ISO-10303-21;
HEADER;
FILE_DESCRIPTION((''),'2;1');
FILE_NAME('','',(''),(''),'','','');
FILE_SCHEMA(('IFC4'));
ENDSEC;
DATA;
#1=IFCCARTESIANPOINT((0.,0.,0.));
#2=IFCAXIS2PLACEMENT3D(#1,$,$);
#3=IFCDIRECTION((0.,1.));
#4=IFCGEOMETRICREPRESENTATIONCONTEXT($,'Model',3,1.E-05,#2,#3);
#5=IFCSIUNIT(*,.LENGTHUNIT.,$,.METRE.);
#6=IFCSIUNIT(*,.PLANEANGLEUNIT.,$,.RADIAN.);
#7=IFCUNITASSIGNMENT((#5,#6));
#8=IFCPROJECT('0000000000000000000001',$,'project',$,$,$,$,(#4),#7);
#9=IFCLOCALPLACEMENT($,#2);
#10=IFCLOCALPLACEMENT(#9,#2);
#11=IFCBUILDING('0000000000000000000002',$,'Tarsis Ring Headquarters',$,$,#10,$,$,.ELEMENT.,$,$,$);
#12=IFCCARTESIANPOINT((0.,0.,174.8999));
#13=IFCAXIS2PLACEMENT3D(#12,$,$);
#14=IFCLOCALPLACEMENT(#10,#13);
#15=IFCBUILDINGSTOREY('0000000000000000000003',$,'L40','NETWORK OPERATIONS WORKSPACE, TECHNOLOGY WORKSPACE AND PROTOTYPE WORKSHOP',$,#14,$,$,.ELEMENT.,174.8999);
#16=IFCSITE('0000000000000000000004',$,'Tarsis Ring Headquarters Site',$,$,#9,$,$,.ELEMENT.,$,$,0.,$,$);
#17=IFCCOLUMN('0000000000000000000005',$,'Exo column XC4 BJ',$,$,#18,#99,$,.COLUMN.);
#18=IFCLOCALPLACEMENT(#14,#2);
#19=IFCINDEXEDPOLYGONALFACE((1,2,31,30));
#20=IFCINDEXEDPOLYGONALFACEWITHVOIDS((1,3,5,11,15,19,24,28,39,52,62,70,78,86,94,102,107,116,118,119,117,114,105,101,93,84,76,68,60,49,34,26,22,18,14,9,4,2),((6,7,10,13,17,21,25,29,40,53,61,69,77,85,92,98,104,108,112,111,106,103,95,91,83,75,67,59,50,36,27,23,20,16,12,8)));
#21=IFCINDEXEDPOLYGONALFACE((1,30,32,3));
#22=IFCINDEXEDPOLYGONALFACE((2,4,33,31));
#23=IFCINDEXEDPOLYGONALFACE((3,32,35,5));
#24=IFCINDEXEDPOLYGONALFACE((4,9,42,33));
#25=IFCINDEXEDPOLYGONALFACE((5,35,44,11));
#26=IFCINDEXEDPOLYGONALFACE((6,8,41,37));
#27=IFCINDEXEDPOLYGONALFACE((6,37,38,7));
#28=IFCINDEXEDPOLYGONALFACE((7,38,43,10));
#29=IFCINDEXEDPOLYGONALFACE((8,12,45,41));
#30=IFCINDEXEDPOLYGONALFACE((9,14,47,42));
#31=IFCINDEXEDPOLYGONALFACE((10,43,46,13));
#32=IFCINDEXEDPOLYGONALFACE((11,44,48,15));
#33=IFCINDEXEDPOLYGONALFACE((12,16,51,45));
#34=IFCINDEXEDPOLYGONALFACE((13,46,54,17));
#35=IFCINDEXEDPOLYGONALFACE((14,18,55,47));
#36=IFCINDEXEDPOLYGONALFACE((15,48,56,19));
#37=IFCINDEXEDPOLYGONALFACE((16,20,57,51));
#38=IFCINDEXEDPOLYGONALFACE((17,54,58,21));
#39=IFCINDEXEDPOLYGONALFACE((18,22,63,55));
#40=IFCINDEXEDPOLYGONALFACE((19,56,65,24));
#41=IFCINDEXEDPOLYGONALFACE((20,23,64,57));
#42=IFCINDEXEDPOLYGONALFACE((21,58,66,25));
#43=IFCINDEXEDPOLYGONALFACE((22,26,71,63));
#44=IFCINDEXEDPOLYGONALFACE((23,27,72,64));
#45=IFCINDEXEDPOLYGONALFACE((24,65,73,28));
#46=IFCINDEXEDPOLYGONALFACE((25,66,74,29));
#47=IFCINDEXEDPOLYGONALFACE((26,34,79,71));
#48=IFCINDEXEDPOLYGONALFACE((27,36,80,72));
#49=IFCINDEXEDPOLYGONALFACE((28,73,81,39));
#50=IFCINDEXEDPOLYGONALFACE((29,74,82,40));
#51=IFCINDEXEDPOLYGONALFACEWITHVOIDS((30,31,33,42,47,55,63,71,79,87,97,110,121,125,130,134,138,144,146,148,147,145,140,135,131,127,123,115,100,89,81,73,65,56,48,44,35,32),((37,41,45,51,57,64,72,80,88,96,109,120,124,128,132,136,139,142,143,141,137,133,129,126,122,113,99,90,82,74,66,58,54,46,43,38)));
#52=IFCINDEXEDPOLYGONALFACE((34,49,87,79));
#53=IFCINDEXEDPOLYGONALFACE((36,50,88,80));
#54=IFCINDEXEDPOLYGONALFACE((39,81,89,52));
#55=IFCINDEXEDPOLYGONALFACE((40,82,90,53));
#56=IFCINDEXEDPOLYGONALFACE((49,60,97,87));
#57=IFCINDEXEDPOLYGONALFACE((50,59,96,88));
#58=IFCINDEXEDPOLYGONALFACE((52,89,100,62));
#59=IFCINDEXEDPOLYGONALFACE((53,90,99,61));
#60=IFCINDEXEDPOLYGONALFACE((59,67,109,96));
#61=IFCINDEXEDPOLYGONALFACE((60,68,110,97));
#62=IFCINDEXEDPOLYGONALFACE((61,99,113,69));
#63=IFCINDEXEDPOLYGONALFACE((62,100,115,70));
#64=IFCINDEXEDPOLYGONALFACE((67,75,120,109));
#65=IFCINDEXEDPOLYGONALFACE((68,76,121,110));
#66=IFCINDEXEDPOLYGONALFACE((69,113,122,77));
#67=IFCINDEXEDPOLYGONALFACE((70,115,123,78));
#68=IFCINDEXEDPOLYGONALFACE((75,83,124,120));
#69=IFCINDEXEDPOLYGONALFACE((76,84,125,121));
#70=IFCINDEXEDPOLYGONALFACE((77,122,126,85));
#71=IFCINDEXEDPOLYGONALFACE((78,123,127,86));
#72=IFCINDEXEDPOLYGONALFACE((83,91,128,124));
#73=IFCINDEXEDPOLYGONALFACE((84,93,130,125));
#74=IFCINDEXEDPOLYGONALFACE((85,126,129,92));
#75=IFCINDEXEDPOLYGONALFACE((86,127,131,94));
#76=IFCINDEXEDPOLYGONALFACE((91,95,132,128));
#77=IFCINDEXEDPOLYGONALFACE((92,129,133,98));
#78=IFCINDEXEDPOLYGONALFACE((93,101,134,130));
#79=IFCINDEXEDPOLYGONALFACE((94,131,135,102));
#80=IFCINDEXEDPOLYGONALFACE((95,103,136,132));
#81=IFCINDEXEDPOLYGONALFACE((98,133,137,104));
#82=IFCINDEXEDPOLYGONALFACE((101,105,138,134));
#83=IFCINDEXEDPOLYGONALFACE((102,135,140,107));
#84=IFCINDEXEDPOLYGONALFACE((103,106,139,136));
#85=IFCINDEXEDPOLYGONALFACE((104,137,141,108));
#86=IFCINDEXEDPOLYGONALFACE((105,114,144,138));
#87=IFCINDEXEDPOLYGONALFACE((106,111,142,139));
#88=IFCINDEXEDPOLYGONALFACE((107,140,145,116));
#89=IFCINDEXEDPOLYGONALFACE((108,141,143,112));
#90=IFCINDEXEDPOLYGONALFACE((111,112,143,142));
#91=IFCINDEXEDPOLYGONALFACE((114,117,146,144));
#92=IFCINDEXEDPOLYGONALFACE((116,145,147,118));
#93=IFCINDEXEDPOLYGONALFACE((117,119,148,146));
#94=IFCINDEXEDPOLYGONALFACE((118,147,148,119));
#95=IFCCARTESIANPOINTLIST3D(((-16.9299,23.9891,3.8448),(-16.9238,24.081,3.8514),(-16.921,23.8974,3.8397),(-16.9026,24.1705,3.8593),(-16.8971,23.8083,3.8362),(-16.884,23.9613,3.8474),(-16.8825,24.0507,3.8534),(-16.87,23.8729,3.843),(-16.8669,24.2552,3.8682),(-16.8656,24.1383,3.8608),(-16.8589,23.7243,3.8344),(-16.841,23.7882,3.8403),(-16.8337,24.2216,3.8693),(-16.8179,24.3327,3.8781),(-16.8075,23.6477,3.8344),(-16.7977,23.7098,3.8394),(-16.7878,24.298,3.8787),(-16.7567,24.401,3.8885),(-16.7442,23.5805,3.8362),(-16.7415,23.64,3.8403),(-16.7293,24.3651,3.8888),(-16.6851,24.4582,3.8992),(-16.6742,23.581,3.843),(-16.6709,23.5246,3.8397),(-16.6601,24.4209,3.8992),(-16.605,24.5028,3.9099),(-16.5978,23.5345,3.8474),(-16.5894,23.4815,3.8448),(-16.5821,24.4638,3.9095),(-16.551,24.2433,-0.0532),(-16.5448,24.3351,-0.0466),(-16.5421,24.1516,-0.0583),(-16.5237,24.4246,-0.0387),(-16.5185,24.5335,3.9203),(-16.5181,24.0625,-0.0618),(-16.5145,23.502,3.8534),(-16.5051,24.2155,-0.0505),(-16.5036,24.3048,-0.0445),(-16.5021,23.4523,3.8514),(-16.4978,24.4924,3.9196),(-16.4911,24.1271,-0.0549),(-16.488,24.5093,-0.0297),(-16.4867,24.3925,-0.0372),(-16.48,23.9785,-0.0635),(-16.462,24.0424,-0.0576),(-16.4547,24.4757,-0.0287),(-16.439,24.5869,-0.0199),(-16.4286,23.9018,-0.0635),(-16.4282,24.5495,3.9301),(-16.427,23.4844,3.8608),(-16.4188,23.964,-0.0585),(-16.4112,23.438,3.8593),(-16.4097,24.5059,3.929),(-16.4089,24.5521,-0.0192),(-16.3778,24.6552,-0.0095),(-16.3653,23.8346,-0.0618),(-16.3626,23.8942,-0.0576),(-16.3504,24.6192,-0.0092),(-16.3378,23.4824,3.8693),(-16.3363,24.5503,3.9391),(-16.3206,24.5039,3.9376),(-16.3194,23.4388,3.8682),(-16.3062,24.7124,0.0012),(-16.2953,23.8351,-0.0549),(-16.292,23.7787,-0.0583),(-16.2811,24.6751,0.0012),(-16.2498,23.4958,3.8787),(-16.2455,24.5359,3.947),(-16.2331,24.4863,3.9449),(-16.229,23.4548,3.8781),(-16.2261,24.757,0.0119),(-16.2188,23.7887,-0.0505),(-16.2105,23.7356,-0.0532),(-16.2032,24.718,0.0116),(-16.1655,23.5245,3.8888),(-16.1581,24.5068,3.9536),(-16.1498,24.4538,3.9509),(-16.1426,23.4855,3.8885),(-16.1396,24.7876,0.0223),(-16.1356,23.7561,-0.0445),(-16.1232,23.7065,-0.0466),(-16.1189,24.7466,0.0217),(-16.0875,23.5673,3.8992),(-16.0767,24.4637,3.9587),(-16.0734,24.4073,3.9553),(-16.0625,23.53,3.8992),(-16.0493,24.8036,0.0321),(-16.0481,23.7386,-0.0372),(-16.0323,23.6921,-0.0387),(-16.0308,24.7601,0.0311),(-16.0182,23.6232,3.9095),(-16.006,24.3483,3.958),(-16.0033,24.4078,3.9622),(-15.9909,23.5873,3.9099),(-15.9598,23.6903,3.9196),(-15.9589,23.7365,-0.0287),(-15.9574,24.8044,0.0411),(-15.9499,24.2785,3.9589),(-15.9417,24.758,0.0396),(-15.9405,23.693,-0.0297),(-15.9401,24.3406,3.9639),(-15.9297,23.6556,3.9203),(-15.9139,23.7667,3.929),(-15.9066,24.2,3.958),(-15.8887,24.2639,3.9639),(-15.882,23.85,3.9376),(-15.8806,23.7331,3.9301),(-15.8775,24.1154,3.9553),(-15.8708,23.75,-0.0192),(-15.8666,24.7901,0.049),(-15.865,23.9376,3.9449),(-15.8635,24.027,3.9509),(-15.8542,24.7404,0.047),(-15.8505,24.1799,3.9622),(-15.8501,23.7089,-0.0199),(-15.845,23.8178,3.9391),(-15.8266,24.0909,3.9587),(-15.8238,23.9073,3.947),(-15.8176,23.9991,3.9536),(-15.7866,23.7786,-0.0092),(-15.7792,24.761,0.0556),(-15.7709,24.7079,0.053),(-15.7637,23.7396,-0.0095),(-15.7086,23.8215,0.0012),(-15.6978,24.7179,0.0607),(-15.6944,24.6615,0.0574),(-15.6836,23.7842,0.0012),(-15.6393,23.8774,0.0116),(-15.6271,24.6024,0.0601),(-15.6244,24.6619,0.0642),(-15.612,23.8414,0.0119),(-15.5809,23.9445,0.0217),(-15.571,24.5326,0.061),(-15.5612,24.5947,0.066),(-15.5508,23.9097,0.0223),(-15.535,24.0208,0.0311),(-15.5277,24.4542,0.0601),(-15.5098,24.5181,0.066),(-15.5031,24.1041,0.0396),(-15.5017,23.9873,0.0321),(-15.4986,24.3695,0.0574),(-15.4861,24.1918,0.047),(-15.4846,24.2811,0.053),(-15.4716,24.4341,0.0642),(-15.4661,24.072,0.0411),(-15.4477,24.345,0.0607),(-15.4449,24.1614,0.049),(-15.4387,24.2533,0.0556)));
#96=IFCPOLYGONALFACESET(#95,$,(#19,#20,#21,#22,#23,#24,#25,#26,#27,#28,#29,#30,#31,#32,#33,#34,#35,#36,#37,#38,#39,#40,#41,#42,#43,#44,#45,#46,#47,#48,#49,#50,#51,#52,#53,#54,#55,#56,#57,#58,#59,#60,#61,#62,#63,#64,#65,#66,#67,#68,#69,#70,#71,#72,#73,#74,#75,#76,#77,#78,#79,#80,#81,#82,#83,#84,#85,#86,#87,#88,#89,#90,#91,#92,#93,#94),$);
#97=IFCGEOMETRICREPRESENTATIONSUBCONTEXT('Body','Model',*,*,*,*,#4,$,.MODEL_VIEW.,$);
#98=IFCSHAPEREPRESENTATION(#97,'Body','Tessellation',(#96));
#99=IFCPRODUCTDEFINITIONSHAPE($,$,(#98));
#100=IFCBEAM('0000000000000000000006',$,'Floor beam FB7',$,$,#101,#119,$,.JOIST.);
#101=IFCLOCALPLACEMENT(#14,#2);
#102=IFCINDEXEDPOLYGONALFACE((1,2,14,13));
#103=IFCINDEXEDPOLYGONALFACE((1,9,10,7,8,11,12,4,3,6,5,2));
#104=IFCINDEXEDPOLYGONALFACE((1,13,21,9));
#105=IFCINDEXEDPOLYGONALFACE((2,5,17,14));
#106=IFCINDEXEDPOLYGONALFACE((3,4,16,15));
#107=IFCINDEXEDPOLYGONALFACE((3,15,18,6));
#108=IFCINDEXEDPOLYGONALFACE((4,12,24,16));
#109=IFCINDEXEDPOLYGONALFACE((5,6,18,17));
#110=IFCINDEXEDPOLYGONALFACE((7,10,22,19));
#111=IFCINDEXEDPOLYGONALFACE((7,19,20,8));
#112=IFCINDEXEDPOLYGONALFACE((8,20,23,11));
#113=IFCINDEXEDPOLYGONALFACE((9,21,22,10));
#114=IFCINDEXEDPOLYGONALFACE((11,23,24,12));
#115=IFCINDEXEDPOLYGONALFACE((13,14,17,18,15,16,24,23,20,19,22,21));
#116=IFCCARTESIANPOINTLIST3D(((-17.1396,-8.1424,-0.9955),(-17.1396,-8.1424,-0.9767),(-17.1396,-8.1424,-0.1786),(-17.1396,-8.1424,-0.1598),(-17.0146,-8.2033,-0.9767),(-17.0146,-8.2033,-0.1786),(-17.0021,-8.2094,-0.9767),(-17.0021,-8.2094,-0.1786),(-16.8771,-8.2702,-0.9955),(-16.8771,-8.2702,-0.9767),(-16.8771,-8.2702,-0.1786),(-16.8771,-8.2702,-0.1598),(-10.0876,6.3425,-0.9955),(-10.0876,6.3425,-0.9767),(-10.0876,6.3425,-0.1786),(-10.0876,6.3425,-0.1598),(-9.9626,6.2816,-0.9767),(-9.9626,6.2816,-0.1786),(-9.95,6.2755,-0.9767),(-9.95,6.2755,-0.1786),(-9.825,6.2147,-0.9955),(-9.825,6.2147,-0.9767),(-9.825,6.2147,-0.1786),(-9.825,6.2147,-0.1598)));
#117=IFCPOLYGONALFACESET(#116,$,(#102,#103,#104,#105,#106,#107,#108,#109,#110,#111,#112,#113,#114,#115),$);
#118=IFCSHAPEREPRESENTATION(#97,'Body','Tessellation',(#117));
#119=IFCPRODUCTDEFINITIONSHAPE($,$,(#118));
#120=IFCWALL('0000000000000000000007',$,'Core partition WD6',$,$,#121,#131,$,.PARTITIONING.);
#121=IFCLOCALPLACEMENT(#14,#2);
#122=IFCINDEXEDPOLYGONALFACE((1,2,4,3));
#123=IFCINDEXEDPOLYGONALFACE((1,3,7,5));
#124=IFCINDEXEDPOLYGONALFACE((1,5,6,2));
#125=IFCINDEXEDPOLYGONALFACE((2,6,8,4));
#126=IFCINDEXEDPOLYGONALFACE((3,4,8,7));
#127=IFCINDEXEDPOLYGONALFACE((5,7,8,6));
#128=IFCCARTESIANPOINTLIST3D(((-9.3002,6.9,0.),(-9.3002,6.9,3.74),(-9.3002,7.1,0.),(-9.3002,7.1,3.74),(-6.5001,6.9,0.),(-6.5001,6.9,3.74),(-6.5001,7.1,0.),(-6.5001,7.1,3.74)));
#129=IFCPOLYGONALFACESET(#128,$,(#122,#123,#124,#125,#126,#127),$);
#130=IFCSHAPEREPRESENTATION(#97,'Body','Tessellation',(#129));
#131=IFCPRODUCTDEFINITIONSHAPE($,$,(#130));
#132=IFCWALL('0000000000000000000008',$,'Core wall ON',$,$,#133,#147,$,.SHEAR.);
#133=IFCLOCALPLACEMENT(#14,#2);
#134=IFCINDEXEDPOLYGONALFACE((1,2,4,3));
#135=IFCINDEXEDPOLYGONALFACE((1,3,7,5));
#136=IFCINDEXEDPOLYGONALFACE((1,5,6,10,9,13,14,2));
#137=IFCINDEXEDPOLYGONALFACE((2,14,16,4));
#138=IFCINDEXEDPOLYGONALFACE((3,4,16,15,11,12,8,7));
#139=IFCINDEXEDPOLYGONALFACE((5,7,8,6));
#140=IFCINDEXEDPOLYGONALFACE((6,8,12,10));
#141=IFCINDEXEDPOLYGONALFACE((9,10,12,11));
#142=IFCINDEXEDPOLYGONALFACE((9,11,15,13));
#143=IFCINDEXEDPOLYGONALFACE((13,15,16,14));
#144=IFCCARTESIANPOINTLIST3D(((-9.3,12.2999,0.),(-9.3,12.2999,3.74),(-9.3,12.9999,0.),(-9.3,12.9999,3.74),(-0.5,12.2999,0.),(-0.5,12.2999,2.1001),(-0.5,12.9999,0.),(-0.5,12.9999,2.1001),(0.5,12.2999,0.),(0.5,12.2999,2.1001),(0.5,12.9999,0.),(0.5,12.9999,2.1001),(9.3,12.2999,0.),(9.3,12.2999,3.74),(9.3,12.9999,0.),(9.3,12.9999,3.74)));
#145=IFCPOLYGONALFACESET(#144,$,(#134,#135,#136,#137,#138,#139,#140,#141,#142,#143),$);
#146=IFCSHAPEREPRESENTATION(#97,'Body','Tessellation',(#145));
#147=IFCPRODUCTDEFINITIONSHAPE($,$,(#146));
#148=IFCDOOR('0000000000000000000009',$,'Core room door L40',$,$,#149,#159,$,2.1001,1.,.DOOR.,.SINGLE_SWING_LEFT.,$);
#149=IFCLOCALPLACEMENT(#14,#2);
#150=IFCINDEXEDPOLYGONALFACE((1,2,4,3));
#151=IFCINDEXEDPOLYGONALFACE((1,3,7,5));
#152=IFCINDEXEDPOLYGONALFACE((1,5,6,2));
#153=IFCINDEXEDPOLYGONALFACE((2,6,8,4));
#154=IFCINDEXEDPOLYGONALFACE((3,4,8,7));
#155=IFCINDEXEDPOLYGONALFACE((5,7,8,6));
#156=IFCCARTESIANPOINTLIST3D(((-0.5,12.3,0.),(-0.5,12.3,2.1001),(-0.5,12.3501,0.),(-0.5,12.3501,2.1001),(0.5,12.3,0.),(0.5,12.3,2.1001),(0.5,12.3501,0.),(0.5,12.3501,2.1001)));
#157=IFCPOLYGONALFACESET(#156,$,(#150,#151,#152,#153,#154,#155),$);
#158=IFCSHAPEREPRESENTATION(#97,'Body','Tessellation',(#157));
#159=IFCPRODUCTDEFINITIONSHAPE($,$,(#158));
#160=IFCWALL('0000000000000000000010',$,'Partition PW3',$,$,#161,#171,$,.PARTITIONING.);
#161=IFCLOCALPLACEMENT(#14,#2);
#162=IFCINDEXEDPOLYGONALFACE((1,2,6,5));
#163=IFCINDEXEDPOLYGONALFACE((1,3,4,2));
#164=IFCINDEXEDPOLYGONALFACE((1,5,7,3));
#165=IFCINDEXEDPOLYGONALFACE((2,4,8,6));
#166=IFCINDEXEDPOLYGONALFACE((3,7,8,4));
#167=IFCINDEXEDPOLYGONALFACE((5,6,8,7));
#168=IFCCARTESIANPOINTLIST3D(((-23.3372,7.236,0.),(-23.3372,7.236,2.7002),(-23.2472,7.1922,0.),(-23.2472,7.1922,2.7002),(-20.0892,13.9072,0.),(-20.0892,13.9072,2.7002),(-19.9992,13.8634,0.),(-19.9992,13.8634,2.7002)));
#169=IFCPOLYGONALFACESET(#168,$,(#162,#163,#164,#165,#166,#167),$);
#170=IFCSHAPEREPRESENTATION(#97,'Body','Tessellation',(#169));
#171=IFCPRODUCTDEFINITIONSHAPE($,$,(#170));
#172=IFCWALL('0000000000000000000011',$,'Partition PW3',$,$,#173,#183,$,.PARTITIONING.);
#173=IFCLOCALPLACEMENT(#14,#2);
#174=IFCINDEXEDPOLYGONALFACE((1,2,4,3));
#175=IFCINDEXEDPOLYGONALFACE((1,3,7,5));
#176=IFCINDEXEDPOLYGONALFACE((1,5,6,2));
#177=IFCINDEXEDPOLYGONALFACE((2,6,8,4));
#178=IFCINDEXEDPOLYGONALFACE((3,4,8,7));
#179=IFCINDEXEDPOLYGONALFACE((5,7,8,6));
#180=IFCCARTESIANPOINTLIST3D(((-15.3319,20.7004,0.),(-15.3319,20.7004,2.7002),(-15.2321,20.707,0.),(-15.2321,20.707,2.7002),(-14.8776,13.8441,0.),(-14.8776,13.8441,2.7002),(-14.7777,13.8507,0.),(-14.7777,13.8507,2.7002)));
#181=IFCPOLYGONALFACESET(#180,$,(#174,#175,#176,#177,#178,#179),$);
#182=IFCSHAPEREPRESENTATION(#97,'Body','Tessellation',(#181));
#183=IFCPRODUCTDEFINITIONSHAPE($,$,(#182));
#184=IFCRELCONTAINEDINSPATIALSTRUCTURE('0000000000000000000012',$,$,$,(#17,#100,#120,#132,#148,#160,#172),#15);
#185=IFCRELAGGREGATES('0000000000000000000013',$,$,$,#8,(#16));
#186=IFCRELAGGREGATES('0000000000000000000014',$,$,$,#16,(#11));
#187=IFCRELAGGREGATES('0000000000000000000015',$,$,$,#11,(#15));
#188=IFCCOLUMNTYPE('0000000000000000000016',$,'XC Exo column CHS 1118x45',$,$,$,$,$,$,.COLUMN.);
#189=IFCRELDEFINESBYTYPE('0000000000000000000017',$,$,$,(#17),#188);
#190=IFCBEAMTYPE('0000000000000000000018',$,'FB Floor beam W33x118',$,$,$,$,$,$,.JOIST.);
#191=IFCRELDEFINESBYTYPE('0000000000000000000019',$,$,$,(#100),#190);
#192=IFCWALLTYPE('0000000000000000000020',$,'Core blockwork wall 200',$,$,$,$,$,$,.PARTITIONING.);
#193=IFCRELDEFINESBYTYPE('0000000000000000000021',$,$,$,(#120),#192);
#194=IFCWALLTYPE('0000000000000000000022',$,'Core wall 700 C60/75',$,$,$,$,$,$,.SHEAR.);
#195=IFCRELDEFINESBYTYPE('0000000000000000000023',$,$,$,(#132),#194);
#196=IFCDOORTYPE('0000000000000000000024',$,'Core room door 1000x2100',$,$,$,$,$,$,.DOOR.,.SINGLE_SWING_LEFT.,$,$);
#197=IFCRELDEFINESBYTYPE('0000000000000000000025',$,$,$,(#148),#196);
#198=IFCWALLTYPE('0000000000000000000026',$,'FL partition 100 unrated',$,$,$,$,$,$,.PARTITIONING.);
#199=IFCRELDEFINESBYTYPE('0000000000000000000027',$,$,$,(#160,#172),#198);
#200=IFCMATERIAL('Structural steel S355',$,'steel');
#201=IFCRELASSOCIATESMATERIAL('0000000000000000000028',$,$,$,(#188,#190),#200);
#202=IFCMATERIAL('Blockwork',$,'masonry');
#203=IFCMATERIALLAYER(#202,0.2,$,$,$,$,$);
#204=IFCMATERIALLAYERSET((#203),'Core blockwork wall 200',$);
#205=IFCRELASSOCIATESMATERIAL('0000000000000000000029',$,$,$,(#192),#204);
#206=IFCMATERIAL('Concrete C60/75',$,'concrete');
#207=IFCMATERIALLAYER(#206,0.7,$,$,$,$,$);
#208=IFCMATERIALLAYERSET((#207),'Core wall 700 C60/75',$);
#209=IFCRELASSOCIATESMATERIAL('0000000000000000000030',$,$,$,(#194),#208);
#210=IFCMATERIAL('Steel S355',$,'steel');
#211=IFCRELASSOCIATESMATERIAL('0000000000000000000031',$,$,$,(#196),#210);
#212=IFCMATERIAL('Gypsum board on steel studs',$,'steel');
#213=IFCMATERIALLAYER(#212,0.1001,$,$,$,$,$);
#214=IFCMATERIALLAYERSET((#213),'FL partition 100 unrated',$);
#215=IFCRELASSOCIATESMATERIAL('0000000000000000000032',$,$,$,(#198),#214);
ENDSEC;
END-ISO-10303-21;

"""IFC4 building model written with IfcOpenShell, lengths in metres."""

from ifc_helpers import new_model, si_unit, direction, frame, frame_2d, origin, origin_2d, place, context, subcontext, project, spatial, rectangle, hollow_circle, i_section, extrude, material, layer, layer_set, material_profile, profile_set, type_object, element, fill, save


model = new_model("IFC4")

# Units and contexts
model_context = context("Model", 3, precision=1e-05, world=origin(), true_north=direction((0.0, 1.0)))
body_context = subcontext(model_context, "Body", "Model", "MODEL_VIEW")
ifc_project = project(units=[si_unit("LENGTHUNIT", "METRE"), si_unit("PLANEANGLEUNIT", "RADIAN")], contexts=[model_context])

# Site, building, storey
site_placement = place(None, origin())
site = spatial("IfcSite", under=ifc_project, at=site_placement, Name="Tarsis Ring Headquarters Site", CompositionType="ELEMENT", RefElevation=0.0)
building_placement = place(site_placement, origin())
building = spatial("IfcBuilding", under=site, at=building_placement, Name="Tarsis Ring Headquarters", CompositionType="ELEMENT")
storey_placement = place(building_placement, frame((0.0, 0.0, 174.8999)))
storey = spatial("IfcBuildingStorey", under=building, at=storey_placement, Name="L40", Description="NETWORK OPERATIONS WORKSPACE, TECHNOLOGY WORKSPACE AND PROTOTYPE WORKSHOP", CompositionType="ELEMENT", Elevation=174.8999)

# Column
ifc_material_1 = material(Name="Structural steel S355", Category="steel")
ifc_material_profile_1 = material_profile(ifc_material_1, hollow_circle(Radius=0.5588, WallThickness=0.0449, at=origin_2d()), Name="CHS 1118x45")
ifc_profile_set_1 = profile_set([ifc_material_profile_1], Name="Structural steel S355")
column_type = type_object("IfcColumnType", Name="XC Exo column CHS 1118x45", PredefinedType="COLUMN", material=ifc_profile_set_1)
column_placement = place(storey_placement, frame((-15.9949, 24.2483, 0.0012), z_axis=(-0.096547, -0.064759, 0.993219), x_axis=(0.557044, -0.830483, 0.0)))
element("IfcColumn", 1, at=column_placement, inside=storey, type_object=column_type, Name="Exo column XC4 BJ", PredefinedType="COLUMN", context=body_context, shape_type="SweptSolid", body=[
    extrude(hollow_circle(Radius=0.5588, WallThickness=0.0449, at=origin_2d()), origin(), (0.0, 0.0, 1.0), 3.9246),
])

# Beam
ifc_material_profile_2 = material_profile(ifc_material_1, i_section(OverallWidth=0.292, OverallDepth=0.8357, WebThickness=0.0139, FlangeThickness=0.0188, at=origin_2d()), Name="W33x118")
ifc_profile_set_2 = profile_set([ifc_material_profile_2], Name="Structural steel S355")
beam_type = type_object("IfcBeamType", Name="FB Floor beam W33x118", PredefinedType="JOIST", material=ifc_profile_set_2)
beam_placement = place(storey_placement, frame((-9.9563, 6.2786, -0.5776), z_axis=(-0.437732, -0.899105, 0.0), x_axis=(0.899105, -0.437732, 0.0)))
element("IfcBeam", 2, at=beam_placement, inside=storey, type_object=beam_type, Name="Floor beam FB7", PredefinedType="JOIST", context=body_context, shape_type="SweptSolid", body=[
    extrude(i_section(OverallWidth=0.292, OverallDepth=0.8357, WebThickness=0.0139, FlangeThickness=0.0188, at=origin_2d()), origin(), (0.0, 0.0, 1.0), 16.1104),
])

# Wall
ifc_material_2 = material(Name="Blockwork", Category="masonry")
ifc_layer_1 = layer(ifc_material_2, 0.2)
ifc_layer_set_1 = layer_set([ifc_layer_1], Name="Core blockwork wall 200")
wall_type_1 = type_object("IfcWallType", Name="Core blockwork wall 200", PredefinedType="PARTITIONING", material=ifc_layer_set_1)
wall_1_placement = place(storey_placement, frame((-9.3, 7.0, 0.0), z_axis=(0.0, 0.0, 1.0), x_axis=(1.0, 0.0, 0.0)))
element("IfcWall", 3, at=wall_1_placement, inside=storey, type_object=wall_type_1, Name="Core partition WD6", PredefinedType="PARTITIONING", context=body_context, shape_type="SweptSolid", body=[
    extrude(rectangle(XDim=2.8, YDim=0.2, at=frame_2d((1.3999, 0.0))), origin(), (0.0, 0.0, 1.0), 3.74),
])

# Wall, opening, door
ifc_material_3 = material(Name="Concrete C60/75", Category="concrete")
ifc_layer_2 = layer(ifc_material_3, 0.7)
ifc_layer_set_2 = layer_set([ifc_layer_2], Name="Core wall 700 C60/75")
wall_type_2 = type_object("IfcWallType", Name="Core wall 700 C60/75", PredefinedType="SHEAR", material=ifc_layer_set_2)
wall_2_placement = place(storey_placement, frame((-9.3, 12.6499, 0.0), z_axis=(0.0, 0.0, 1.0), x_axis=(1.0, 0.0, 0.0)))
wall_2 = element("IfcWall", 4, at=wall_2_placement, inside=storey, type_object=wall_type_2, Name="Core wall ON", PredefinedType="SHEAR", context=body_context, shape_type="SweptSolid", body=[
    extrude(rectangle(XDim=18.6001, YDim=0.7, at=frame_2d((9.3, 0.0))), origin(), (0.0, 0.0, 1.0), 3.74),
])
opening_1_placement = place(wall_2_placement, frame((8.8, 0.0, 0.0)))
opening_1 = element("IfcOpeningElement", 5, at=opening_1_placement, cuts=wall_2, PredefinedType="OPENING", context=body_context, shape_type="SweptSolid", body=[
    extrude(rectangle(XDim=1.0, YDim=2.1001, at=frame_2d((0.5, 1.05))), frame((0.0, 0.3599, 0.0), z_axis=(0.0, -1.0, 0.0), x_axis=(1.0, 0.0, 0.0)), (0.0, 0.0, 1.0), 0.72),
])
ifc_material_4 = material(Name="Steel S355", Category="steel")
door_type_1 = type_object("IfcDoorType", Name="Core room door 1000x2100", OperationType="SINGLE_SWING_LEFT", PredefinedType="DOOR", material=ifc_material_4)
door_1_placement = place(opening_1_placement, origin())
door_1 = element("IfcDoor", 6, at=door_1_placement, inside=storey, type_object=door_type_1, Name="Core room door L40", OperationType="SINGLE_SWING_LEFT", OverallHeight=2.1001, OverallWidth=1.0, PredefinedType="DOOR", context=body_context, shape_type="SweptSolid", body=[
    extrude(rectangle(XDim=1.0, YDim=2.1001, at=frame_2d((0.5, 1.05))), frame((0.0, -0.2998, 0.0), z_axis=(0.0, -1.0, 0.0), x_axis=(1.0, 0.0, 0.0)), (0.0, 0.0, 1.0), 0.05),
])
fill(opening_1, door_1)

# Walls
ifc_material_5 = material(Name="Gypsum board on steel studs", Category="steel")
ifc_layer_3 = layer(ifc_material_5, 0.1001)
ifc_layer_set_3 = layer_set([ifc_layer_3], Name="FL partition 100 unrated")
wall_type_3 = type_object("IfcWallType", Name="FL partition 100 unrated", PredefinedType="PARTITIONING", material=ifc_layer_set_3)
wall_3_placement = place(storey_placement, frame((-23.2922, 7.2141, 0.0), z_axis=(0.0, 0.0, 1.0), x_axis=(0.437752, 0.899096, 0.0)))
element("IfcWall", 7, at=wall_3_placement, inside=storey, type_object=wall_type_3, Name="Partition PW3", PredefinedType="PARTITIONING", context=body_context, shape_type="SweptSolid", body=[
    extrude(rectangle(XDim=7.4199, YDim=0.1001, at=frame_2d((3.71, 0.0))), origin(), (0.0, 0.0, 1.0), 2.7002),
])
wall_4_placement = place(storey_placement, frame((-15.282, 20.7036, 0.0), z_axis=(0.0, 0.0, 1.0), x_axis=(0.066123, -0.997811, 0.0)))
element("IfcWall", 8, at=wall_4_placement, inside=storey, type_object=wall_type_3, Name="Partition PW3", PredefinedType="PARTITIONING", context=body_context, shape_type="SweptSolid", body=[
    extrude(rectangle(XDim=6.8713, YDim=0.1001, at=frame_2d((3.4355, 0.0))), origin(), (0.0, 0.0, 1.0), 2.7002),
])

save(model, "model.ifc")
